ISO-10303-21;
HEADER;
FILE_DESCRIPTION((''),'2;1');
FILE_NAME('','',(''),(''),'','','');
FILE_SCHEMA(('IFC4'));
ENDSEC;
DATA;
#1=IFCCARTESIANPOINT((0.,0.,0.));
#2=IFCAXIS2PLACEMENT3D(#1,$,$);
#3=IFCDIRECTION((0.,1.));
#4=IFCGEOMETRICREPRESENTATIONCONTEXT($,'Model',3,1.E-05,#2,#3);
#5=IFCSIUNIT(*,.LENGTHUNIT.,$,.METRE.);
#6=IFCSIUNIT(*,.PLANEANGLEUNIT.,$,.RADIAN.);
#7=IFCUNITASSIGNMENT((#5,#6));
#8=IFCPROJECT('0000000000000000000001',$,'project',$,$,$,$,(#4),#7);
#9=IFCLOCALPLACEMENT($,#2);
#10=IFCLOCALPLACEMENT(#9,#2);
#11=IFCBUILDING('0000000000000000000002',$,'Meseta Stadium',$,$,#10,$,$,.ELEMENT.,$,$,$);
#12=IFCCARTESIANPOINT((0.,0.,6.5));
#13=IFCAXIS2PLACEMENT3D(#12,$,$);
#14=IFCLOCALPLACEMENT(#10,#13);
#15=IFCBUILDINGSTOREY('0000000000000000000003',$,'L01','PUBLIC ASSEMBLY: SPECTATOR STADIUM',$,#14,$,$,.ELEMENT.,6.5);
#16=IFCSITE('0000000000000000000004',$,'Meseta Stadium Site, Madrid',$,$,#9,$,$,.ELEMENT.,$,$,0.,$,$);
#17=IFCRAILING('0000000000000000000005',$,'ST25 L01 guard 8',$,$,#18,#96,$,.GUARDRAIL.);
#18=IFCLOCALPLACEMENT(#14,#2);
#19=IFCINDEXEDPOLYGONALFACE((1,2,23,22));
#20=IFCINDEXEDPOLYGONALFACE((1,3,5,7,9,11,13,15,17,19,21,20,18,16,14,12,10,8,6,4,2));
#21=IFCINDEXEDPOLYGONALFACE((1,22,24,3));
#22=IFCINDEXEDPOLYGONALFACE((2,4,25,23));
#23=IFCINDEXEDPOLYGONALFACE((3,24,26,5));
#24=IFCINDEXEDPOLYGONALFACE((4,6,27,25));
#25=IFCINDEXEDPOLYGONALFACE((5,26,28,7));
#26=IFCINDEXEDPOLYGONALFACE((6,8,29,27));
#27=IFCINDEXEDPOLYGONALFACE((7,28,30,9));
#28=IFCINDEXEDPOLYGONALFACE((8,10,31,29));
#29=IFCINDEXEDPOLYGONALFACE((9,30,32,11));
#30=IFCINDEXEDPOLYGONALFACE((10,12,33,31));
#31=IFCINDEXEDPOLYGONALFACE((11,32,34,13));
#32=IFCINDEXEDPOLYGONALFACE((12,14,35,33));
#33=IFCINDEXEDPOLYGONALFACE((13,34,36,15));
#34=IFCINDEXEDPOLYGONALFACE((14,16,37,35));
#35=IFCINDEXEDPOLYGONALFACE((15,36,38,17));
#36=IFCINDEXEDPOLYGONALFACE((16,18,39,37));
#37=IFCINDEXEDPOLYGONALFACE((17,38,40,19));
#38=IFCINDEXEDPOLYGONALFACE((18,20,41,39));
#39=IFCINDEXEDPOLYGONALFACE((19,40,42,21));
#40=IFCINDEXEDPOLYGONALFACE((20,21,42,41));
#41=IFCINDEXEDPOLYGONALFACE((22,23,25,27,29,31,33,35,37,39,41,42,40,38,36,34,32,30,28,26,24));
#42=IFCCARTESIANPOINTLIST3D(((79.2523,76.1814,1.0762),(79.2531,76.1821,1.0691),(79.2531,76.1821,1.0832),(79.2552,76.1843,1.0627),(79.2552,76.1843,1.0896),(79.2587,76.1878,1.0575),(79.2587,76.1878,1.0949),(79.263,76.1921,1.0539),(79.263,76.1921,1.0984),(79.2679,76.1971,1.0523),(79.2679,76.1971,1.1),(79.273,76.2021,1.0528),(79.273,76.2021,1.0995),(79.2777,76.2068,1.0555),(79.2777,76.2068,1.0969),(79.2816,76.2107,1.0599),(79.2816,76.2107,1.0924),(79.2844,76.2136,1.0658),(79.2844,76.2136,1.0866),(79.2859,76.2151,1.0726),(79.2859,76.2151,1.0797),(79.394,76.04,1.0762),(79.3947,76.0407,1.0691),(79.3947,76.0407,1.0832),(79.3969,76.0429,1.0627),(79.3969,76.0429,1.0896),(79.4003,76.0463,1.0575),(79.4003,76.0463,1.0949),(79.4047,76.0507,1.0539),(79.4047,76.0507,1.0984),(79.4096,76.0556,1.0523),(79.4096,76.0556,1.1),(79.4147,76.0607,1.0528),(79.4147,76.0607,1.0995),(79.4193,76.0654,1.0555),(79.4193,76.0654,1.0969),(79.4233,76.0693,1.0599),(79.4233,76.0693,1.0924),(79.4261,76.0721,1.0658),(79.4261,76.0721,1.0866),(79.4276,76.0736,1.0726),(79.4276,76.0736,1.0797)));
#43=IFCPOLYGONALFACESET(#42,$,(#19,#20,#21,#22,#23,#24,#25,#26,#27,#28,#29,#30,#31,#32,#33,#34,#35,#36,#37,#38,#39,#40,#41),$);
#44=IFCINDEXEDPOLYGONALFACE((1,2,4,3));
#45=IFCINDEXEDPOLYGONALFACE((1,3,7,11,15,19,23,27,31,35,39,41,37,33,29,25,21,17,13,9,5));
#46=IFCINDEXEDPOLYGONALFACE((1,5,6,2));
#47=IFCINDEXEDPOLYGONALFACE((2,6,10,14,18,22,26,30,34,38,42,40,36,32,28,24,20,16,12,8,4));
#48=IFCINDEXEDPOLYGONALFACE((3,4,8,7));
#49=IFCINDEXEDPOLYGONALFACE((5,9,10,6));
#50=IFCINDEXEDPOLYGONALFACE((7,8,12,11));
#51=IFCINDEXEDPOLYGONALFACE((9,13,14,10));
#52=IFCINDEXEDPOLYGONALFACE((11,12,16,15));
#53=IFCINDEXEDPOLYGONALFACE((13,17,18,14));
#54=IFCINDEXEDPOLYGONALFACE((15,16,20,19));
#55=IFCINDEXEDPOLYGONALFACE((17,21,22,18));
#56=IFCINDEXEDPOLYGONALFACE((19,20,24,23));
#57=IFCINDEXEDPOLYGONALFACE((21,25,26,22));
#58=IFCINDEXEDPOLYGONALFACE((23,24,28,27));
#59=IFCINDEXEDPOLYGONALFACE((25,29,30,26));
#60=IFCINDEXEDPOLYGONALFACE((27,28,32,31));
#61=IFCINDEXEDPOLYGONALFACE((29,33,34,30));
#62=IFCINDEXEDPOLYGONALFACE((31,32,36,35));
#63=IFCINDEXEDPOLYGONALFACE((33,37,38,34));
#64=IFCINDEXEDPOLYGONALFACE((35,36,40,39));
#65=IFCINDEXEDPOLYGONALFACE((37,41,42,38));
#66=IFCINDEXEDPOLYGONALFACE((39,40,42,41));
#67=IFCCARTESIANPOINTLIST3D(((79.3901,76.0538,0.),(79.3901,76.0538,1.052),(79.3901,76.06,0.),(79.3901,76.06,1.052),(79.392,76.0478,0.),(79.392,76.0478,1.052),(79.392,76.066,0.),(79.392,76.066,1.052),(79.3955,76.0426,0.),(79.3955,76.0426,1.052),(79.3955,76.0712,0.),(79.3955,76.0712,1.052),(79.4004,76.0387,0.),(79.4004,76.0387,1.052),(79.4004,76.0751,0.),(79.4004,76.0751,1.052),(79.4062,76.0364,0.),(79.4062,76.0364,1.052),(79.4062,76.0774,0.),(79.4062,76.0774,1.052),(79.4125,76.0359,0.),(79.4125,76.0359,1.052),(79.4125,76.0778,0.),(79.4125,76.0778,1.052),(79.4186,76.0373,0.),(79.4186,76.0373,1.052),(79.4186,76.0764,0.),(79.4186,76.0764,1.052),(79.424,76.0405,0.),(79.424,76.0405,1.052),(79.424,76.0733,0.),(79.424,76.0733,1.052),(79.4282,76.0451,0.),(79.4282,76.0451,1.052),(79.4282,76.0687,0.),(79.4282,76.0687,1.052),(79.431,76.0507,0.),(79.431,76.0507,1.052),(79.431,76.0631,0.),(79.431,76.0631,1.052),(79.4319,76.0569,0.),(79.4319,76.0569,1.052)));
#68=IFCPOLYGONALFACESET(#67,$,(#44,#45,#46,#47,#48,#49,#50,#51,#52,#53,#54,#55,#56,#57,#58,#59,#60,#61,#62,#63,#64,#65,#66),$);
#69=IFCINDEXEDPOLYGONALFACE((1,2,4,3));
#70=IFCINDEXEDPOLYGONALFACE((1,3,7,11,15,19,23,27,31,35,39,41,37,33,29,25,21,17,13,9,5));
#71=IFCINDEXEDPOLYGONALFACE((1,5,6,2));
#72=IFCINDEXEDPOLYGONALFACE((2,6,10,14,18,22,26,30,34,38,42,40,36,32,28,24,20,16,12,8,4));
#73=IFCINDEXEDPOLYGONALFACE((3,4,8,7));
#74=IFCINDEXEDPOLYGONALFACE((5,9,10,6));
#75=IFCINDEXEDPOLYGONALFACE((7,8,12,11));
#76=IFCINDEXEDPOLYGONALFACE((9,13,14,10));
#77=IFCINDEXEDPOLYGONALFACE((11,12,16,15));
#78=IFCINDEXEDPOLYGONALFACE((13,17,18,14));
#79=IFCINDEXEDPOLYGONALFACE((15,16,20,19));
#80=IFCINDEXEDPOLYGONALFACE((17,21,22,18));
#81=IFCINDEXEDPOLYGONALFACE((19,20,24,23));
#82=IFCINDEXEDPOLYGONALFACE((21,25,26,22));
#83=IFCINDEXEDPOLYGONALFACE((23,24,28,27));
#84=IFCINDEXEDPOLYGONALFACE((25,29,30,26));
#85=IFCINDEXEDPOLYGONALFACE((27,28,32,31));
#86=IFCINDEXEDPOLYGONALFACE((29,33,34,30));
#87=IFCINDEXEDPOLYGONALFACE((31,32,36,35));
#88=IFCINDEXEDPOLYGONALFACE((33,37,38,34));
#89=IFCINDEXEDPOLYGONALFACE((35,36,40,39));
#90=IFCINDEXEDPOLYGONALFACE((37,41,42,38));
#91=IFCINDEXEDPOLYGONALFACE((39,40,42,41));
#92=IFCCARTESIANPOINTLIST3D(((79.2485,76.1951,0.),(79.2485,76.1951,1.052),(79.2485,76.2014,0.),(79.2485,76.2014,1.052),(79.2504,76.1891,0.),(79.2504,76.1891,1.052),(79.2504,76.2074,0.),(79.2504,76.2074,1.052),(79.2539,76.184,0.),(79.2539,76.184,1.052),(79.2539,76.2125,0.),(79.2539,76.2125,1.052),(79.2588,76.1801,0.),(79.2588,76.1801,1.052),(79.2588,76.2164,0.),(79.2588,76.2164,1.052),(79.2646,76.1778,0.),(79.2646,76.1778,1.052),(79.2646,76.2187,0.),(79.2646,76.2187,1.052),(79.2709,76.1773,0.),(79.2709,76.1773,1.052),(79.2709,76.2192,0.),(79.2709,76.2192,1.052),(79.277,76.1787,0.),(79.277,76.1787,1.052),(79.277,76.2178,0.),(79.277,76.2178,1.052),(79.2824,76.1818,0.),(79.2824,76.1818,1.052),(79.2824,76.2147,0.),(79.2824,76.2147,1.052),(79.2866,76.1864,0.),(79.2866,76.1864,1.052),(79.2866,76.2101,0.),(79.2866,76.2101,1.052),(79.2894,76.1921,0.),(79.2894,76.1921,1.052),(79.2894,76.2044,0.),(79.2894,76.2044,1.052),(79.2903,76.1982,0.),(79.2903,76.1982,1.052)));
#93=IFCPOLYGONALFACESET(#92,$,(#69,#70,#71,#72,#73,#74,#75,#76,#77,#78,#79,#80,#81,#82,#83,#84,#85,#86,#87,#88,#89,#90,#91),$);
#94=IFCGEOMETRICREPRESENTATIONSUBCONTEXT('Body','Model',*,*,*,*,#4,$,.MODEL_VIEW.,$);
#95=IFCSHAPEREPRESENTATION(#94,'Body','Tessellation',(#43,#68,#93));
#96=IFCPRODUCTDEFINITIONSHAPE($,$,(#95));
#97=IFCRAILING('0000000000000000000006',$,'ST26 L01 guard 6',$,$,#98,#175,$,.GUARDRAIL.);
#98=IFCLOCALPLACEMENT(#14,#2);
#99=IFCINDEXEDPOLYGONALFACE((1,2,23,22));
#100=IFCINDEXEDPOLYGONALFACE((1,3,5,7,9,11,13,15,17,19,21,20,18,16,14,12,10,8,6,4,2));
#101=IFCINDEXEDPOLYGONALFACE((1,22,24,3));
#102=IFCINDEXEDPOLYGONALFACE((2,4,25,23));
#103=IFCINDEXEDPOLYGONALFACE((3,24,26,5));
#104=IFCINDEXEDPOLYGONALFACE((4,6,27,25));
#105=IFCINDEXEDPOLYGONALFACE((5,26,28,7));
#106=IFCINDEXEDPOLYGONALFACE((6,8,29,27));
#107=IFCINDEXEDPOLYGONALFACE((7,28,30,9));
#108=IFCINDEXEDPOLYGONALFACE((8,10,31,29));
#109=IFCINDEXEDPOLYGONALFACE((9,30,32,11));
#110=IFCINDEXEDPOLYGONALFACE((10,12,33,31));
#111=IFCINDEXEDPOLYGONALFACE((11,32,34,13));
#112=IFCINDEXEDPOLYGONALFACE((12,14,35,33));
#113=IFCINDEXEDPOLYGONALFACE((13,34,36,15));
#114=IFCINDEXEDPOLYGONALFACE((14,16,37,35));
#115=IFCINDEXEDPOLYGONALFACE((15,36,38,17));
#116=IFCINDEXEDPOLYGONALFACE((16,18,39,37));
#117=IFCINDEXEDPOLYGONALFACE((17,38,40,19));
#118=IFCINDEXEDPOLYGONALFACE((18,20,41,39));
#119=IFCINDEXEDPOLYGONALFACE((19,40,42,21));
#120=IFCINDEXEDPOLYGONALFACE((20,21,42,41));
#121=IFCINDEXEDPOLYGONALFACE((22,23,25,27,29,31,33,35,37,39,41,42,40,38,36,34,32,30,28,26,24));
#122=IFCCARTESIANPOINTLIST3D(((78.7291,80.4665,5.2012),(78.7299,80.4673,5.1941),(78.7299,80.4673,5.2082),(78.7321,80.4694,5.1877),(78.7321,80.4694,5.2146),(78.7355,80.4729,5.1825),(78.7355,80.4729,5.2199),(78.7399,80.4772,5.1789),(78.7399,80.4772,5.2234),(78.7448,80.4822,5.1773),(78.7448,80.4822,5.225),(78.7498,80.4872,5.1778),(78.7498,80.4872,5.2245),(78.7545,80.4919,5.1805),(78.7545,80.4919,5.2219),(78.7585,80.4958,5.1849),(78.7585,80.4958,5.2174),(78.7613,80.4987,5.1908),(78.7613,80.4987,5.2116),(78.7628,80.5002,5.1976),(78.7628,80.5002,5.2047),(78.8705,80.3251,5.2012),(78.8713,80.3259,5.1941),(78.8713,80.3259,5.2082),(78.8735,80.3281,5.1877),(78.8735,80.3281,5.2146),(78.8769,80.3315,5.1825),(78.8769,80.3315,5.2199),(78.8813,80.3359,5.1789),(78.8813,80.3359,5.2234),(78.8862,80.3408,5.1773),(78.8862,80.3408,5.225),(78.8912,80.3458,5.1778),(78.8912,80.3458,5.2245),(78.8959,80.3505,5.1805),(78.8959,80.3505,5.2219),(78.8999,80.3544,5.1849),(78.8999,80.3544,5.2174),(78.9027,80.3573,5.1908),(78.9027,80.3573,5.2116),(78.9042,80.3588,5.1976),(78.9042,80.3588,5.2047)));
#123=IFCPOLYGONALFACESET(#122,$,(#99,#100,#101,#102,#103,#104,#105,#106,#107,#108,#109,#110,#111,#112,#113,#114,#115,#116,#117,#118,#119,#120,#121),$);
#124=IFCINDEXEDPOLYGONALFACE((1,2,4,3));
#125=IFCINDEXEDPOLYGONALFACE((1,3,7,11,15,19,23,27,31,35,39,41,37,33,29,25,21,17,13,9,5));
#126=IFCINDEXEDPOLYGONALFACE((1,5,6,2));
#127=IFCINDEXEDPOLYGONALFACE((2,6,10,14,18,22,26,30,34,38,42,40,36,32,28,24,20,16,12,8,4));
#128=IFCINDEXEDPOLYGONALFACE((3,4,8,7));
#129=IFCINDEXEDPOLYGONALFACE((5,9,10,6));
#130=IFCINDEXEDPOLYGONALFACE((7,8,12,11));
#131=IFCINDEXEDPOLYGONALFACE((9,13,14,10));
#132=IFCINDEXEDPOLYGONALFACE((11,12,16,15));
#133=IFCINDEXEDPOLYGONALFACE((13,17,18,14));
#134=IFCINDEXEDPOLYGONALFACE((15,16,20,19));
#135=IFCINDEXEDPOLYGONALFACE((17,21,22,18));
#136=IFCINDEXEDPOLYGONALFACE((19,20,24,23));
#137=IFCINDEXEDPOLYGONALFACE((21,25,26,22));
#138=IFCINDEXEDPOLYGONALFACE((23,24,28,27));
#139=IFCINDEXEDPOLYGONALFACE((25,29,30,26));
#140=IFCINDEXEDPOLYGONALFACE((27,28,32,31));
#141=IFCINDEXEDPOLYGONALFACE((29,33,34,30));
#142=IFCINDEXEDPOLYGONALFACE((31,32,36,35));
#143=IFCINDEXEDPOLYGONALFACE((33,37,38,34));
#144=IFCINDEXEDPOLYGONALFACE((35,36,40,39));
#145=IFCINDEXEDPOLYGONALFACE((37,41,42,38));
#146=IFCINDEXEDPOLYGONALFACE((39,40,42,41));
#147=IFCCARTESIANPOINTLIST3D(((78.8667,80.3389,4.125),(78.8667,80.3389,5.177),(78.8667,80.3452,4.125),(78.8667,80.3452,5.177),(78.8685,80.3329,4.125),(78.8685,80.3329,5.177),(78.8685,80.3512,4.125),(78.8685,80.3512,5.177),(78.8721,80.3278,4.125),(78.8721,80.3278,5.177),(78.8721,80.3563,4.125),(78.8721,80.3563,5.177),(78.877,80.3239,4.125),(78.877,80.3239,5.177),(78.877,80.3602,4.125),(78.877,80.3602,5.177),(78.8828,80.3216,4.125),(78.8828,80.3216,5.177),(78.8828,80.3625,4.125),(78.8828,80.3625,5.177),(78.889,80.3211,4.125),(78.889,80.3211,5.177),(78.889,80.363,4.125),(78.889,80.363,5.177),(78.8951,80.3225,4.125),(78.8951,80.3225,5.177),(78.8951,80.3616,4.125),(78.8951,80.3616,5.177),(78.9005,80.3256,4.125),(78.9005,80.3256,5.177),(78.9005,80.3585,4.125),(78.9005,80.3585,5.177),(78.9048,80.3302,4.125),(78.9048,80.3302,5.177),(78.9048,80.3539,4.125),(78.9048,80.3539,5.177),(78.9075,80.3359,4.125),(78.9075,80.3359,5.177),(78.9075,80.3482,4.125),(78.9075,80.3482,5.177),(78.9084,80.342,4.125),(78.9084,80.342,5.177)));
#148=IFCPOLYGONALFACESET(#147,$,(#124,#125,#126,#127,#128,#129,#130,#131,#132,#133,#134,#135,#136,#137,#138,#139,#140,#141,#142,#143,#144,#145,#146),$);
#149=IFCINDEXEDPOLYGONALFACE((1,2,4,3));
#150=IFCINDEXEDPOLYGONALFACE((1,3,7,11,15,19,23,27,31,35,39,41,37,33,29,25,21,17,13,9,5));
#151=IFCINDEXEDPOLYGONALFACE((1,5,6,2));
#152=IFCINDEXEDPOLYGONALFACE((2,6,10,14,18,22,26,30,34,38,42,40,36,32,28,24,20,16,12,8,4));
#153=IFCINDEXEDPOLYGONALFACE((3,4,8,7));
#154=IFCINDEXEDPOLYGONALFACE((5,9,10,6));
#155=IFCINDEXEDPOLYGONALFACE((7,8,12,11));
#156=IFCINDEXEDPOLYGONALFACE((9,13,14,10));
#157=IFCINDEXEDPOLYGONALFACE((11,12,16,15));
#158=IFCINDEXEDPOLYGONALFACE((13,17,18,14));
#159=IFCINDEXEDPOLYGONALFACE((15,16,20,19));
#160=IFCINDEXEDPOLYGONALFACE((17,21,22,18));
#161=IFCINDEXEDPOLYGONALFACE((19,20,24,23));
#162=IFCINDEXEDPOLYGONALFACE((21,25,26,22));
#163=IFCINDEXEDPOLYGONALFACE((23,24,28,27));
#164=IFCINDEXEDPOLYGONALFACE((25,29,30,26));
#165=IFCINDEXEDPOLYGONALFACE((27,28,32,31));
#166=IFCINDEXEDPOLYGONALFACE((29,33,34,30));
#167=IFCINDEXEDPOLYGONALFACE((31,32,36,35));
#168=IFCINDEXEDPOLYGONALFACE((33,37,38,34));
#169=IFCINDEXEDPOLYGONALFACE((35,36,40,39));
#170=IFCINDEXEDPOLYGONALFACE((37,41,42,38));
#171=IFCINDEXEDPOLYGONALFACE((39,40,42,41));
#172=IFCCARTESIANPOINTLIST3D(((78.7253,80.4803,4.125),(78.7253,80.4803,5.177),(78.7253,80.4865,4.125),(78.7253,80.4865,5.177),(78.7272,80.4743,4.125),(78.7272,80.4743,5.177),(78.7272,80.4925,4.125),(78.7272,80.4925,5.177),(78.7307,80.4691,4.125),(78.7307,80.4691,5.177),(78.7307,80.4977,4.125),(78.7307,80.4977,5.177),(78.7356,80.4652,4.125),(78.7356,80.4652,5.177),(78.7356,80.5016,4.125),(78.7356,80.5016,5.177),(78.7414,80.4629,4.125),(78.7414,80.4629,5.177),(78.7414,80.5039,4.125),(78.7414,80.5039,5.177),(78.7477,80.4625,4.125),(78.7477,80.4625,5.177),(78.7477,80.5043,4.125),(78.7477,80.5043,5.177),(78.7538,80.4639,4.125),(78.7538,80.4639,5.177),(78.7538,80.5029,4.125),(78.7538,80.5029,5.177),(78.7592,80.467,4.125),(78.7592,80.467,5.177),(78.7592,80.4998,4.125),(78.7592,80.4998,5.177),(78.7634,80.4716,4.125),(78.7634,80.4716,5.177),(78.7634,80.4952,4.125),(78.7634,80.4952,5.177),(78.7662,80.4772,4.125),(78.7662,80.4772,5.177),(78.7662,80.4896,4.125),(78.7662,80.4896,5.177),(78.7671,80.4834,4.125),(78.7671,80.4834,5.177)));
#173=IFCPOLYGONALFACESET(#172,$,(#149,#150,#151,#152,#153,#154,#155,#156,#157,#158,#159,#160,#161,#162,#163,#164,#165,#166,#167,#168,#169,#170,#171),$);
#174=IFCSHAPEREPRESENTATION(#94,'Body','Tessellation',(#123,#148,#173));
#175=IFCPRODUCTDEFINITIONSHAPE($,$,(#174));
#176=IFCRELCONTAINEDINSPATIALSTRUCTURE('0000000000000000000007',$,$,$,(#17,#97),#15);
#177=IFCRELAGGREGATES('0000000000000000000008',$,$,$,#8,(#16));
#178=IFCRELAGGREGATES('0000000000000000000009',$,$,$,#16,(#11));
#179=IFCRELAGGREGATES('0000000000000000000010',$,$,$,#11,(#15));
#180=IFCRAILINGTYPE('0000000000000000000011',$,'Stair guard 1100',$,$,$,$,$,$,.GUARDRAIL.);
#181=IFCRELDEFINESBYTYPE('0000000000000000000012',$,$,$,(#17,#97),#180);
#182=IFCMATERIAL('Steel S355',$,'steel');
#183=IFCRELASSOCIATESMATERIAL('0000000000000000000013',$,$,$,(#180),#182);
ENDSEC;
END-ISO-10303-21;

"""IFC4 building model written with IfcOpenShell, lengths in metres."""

from ifc_helpers import new_model, si_unit, direction, frame, origin, origin_2d, place, context, subcontext, project, spatial, circle, extrude, material, type_object, element, save


model = new_model("IFC4")

# Units and contexts
model_context = context("Model", 3, precision=1e-05, world=origin(), true_north=direction((0.0, 1.0)))
body_context = subcontext(model_context, "Body", "Model", "MODEL_VIEW")
ifc_project = project(units=[si_unit("LENGTHUNIT", "METRE"), si_unit("PLANEANGLEUNIT", "RADIAN")], contexts=[model_context])

# Site, building, storey
site_placement = place(None, origin())
site = spatial("IfcSite", under=ifc_project, at=site_placement, Name="Meseta Stadium Site, Madrid", CompositionType="ELEMENT", RefElevation=0.0)
building_placement = place(site_placement, origin())
building = spatial("IfcBuilding", under=site, at=building_placement, Name="Meseta Stadium", CompositionType="ELEMENT")
storey_placement = place(building_placement, frame((0.0, 0.0, 6.5)))
storey = spatial("IfcBuildingStorey", under=building, at=storey_placement, Name="L01", Description="PUBLIC ASSEMBLY: SPECTATOR STADIUM", CompositionType="ELEMENT", Elevation=6.5)

# Railings
ifc_material_1 = material(Name="Steel S355", Category="steel")
railing_type_1 = type_object("IfcRailingType", Name="Stair guard 1100", PredefinedType="GUARDRAIL", material=ifc_material_1)
railing_1_placement = place(storey_placement, frame((79.4109, 76.0569, 0.0)))
element("IfcRailing", 1, at=railing_1_placement, inside=storey, type_object=railing_type_1, Name="ST25 L01 guard 8", PredefinedType="GUARDRAIL", context=body_context, shape_type="SweptSolid", body=[
    extrude(circle(Radius=0.0239, at=origin_2d()), frame((0.0, 0.0, 1.0762), z_axis=(-0.707717, 0.706496, 0.0), x_axis=(-0.706496, -0.707717, 0.0)), (0.0, 0.0, 1.0), 0.2002),
    extrude(circle(Radius=0.021, at=origin_2d()), origin(), (0.0, 0.0, 1.0), 1.052),
    extrude(circle(Radius=0.021, at=origin_2d()), frame((-0.1416, 0.1414, 0.0)), (0.0, 0.0, 1.0), 1.052),
])
railing_2_placement = place(storey_placement, frame((78.8875, 80.342, 4.125)))
element("IfcRailing", 2, at=railing_2_placement, inside=storey, type_object=railing_type_1, Name="ST26 L01 guard 6", PredefinedType="GUARDRAIL", context=body_context, shape_type="SweptSolid", body=[
    extrude(circle(Radius=0.0239, at=origin_2d()), frame((0.0, 0.0, 1.0762), z_axis=(-0.707107, 0.707107, 0.0), x_axis=(-0.707107, -0.707107, 0.0)), (0.0, 0.0, 1.0), 0.2),
    extrude(circle(Radius=0.021, at=origin_2d()), origin(), (0.0, 0.0, 1.0), 1.052),
    extrude(circle(Radius=0.021, at=origin_2d()), frame((-0.1414, 0.1414, 0.0)), (0.0, 0.0, 1.0), 1.052),
])

save(model, "model.ifc")
